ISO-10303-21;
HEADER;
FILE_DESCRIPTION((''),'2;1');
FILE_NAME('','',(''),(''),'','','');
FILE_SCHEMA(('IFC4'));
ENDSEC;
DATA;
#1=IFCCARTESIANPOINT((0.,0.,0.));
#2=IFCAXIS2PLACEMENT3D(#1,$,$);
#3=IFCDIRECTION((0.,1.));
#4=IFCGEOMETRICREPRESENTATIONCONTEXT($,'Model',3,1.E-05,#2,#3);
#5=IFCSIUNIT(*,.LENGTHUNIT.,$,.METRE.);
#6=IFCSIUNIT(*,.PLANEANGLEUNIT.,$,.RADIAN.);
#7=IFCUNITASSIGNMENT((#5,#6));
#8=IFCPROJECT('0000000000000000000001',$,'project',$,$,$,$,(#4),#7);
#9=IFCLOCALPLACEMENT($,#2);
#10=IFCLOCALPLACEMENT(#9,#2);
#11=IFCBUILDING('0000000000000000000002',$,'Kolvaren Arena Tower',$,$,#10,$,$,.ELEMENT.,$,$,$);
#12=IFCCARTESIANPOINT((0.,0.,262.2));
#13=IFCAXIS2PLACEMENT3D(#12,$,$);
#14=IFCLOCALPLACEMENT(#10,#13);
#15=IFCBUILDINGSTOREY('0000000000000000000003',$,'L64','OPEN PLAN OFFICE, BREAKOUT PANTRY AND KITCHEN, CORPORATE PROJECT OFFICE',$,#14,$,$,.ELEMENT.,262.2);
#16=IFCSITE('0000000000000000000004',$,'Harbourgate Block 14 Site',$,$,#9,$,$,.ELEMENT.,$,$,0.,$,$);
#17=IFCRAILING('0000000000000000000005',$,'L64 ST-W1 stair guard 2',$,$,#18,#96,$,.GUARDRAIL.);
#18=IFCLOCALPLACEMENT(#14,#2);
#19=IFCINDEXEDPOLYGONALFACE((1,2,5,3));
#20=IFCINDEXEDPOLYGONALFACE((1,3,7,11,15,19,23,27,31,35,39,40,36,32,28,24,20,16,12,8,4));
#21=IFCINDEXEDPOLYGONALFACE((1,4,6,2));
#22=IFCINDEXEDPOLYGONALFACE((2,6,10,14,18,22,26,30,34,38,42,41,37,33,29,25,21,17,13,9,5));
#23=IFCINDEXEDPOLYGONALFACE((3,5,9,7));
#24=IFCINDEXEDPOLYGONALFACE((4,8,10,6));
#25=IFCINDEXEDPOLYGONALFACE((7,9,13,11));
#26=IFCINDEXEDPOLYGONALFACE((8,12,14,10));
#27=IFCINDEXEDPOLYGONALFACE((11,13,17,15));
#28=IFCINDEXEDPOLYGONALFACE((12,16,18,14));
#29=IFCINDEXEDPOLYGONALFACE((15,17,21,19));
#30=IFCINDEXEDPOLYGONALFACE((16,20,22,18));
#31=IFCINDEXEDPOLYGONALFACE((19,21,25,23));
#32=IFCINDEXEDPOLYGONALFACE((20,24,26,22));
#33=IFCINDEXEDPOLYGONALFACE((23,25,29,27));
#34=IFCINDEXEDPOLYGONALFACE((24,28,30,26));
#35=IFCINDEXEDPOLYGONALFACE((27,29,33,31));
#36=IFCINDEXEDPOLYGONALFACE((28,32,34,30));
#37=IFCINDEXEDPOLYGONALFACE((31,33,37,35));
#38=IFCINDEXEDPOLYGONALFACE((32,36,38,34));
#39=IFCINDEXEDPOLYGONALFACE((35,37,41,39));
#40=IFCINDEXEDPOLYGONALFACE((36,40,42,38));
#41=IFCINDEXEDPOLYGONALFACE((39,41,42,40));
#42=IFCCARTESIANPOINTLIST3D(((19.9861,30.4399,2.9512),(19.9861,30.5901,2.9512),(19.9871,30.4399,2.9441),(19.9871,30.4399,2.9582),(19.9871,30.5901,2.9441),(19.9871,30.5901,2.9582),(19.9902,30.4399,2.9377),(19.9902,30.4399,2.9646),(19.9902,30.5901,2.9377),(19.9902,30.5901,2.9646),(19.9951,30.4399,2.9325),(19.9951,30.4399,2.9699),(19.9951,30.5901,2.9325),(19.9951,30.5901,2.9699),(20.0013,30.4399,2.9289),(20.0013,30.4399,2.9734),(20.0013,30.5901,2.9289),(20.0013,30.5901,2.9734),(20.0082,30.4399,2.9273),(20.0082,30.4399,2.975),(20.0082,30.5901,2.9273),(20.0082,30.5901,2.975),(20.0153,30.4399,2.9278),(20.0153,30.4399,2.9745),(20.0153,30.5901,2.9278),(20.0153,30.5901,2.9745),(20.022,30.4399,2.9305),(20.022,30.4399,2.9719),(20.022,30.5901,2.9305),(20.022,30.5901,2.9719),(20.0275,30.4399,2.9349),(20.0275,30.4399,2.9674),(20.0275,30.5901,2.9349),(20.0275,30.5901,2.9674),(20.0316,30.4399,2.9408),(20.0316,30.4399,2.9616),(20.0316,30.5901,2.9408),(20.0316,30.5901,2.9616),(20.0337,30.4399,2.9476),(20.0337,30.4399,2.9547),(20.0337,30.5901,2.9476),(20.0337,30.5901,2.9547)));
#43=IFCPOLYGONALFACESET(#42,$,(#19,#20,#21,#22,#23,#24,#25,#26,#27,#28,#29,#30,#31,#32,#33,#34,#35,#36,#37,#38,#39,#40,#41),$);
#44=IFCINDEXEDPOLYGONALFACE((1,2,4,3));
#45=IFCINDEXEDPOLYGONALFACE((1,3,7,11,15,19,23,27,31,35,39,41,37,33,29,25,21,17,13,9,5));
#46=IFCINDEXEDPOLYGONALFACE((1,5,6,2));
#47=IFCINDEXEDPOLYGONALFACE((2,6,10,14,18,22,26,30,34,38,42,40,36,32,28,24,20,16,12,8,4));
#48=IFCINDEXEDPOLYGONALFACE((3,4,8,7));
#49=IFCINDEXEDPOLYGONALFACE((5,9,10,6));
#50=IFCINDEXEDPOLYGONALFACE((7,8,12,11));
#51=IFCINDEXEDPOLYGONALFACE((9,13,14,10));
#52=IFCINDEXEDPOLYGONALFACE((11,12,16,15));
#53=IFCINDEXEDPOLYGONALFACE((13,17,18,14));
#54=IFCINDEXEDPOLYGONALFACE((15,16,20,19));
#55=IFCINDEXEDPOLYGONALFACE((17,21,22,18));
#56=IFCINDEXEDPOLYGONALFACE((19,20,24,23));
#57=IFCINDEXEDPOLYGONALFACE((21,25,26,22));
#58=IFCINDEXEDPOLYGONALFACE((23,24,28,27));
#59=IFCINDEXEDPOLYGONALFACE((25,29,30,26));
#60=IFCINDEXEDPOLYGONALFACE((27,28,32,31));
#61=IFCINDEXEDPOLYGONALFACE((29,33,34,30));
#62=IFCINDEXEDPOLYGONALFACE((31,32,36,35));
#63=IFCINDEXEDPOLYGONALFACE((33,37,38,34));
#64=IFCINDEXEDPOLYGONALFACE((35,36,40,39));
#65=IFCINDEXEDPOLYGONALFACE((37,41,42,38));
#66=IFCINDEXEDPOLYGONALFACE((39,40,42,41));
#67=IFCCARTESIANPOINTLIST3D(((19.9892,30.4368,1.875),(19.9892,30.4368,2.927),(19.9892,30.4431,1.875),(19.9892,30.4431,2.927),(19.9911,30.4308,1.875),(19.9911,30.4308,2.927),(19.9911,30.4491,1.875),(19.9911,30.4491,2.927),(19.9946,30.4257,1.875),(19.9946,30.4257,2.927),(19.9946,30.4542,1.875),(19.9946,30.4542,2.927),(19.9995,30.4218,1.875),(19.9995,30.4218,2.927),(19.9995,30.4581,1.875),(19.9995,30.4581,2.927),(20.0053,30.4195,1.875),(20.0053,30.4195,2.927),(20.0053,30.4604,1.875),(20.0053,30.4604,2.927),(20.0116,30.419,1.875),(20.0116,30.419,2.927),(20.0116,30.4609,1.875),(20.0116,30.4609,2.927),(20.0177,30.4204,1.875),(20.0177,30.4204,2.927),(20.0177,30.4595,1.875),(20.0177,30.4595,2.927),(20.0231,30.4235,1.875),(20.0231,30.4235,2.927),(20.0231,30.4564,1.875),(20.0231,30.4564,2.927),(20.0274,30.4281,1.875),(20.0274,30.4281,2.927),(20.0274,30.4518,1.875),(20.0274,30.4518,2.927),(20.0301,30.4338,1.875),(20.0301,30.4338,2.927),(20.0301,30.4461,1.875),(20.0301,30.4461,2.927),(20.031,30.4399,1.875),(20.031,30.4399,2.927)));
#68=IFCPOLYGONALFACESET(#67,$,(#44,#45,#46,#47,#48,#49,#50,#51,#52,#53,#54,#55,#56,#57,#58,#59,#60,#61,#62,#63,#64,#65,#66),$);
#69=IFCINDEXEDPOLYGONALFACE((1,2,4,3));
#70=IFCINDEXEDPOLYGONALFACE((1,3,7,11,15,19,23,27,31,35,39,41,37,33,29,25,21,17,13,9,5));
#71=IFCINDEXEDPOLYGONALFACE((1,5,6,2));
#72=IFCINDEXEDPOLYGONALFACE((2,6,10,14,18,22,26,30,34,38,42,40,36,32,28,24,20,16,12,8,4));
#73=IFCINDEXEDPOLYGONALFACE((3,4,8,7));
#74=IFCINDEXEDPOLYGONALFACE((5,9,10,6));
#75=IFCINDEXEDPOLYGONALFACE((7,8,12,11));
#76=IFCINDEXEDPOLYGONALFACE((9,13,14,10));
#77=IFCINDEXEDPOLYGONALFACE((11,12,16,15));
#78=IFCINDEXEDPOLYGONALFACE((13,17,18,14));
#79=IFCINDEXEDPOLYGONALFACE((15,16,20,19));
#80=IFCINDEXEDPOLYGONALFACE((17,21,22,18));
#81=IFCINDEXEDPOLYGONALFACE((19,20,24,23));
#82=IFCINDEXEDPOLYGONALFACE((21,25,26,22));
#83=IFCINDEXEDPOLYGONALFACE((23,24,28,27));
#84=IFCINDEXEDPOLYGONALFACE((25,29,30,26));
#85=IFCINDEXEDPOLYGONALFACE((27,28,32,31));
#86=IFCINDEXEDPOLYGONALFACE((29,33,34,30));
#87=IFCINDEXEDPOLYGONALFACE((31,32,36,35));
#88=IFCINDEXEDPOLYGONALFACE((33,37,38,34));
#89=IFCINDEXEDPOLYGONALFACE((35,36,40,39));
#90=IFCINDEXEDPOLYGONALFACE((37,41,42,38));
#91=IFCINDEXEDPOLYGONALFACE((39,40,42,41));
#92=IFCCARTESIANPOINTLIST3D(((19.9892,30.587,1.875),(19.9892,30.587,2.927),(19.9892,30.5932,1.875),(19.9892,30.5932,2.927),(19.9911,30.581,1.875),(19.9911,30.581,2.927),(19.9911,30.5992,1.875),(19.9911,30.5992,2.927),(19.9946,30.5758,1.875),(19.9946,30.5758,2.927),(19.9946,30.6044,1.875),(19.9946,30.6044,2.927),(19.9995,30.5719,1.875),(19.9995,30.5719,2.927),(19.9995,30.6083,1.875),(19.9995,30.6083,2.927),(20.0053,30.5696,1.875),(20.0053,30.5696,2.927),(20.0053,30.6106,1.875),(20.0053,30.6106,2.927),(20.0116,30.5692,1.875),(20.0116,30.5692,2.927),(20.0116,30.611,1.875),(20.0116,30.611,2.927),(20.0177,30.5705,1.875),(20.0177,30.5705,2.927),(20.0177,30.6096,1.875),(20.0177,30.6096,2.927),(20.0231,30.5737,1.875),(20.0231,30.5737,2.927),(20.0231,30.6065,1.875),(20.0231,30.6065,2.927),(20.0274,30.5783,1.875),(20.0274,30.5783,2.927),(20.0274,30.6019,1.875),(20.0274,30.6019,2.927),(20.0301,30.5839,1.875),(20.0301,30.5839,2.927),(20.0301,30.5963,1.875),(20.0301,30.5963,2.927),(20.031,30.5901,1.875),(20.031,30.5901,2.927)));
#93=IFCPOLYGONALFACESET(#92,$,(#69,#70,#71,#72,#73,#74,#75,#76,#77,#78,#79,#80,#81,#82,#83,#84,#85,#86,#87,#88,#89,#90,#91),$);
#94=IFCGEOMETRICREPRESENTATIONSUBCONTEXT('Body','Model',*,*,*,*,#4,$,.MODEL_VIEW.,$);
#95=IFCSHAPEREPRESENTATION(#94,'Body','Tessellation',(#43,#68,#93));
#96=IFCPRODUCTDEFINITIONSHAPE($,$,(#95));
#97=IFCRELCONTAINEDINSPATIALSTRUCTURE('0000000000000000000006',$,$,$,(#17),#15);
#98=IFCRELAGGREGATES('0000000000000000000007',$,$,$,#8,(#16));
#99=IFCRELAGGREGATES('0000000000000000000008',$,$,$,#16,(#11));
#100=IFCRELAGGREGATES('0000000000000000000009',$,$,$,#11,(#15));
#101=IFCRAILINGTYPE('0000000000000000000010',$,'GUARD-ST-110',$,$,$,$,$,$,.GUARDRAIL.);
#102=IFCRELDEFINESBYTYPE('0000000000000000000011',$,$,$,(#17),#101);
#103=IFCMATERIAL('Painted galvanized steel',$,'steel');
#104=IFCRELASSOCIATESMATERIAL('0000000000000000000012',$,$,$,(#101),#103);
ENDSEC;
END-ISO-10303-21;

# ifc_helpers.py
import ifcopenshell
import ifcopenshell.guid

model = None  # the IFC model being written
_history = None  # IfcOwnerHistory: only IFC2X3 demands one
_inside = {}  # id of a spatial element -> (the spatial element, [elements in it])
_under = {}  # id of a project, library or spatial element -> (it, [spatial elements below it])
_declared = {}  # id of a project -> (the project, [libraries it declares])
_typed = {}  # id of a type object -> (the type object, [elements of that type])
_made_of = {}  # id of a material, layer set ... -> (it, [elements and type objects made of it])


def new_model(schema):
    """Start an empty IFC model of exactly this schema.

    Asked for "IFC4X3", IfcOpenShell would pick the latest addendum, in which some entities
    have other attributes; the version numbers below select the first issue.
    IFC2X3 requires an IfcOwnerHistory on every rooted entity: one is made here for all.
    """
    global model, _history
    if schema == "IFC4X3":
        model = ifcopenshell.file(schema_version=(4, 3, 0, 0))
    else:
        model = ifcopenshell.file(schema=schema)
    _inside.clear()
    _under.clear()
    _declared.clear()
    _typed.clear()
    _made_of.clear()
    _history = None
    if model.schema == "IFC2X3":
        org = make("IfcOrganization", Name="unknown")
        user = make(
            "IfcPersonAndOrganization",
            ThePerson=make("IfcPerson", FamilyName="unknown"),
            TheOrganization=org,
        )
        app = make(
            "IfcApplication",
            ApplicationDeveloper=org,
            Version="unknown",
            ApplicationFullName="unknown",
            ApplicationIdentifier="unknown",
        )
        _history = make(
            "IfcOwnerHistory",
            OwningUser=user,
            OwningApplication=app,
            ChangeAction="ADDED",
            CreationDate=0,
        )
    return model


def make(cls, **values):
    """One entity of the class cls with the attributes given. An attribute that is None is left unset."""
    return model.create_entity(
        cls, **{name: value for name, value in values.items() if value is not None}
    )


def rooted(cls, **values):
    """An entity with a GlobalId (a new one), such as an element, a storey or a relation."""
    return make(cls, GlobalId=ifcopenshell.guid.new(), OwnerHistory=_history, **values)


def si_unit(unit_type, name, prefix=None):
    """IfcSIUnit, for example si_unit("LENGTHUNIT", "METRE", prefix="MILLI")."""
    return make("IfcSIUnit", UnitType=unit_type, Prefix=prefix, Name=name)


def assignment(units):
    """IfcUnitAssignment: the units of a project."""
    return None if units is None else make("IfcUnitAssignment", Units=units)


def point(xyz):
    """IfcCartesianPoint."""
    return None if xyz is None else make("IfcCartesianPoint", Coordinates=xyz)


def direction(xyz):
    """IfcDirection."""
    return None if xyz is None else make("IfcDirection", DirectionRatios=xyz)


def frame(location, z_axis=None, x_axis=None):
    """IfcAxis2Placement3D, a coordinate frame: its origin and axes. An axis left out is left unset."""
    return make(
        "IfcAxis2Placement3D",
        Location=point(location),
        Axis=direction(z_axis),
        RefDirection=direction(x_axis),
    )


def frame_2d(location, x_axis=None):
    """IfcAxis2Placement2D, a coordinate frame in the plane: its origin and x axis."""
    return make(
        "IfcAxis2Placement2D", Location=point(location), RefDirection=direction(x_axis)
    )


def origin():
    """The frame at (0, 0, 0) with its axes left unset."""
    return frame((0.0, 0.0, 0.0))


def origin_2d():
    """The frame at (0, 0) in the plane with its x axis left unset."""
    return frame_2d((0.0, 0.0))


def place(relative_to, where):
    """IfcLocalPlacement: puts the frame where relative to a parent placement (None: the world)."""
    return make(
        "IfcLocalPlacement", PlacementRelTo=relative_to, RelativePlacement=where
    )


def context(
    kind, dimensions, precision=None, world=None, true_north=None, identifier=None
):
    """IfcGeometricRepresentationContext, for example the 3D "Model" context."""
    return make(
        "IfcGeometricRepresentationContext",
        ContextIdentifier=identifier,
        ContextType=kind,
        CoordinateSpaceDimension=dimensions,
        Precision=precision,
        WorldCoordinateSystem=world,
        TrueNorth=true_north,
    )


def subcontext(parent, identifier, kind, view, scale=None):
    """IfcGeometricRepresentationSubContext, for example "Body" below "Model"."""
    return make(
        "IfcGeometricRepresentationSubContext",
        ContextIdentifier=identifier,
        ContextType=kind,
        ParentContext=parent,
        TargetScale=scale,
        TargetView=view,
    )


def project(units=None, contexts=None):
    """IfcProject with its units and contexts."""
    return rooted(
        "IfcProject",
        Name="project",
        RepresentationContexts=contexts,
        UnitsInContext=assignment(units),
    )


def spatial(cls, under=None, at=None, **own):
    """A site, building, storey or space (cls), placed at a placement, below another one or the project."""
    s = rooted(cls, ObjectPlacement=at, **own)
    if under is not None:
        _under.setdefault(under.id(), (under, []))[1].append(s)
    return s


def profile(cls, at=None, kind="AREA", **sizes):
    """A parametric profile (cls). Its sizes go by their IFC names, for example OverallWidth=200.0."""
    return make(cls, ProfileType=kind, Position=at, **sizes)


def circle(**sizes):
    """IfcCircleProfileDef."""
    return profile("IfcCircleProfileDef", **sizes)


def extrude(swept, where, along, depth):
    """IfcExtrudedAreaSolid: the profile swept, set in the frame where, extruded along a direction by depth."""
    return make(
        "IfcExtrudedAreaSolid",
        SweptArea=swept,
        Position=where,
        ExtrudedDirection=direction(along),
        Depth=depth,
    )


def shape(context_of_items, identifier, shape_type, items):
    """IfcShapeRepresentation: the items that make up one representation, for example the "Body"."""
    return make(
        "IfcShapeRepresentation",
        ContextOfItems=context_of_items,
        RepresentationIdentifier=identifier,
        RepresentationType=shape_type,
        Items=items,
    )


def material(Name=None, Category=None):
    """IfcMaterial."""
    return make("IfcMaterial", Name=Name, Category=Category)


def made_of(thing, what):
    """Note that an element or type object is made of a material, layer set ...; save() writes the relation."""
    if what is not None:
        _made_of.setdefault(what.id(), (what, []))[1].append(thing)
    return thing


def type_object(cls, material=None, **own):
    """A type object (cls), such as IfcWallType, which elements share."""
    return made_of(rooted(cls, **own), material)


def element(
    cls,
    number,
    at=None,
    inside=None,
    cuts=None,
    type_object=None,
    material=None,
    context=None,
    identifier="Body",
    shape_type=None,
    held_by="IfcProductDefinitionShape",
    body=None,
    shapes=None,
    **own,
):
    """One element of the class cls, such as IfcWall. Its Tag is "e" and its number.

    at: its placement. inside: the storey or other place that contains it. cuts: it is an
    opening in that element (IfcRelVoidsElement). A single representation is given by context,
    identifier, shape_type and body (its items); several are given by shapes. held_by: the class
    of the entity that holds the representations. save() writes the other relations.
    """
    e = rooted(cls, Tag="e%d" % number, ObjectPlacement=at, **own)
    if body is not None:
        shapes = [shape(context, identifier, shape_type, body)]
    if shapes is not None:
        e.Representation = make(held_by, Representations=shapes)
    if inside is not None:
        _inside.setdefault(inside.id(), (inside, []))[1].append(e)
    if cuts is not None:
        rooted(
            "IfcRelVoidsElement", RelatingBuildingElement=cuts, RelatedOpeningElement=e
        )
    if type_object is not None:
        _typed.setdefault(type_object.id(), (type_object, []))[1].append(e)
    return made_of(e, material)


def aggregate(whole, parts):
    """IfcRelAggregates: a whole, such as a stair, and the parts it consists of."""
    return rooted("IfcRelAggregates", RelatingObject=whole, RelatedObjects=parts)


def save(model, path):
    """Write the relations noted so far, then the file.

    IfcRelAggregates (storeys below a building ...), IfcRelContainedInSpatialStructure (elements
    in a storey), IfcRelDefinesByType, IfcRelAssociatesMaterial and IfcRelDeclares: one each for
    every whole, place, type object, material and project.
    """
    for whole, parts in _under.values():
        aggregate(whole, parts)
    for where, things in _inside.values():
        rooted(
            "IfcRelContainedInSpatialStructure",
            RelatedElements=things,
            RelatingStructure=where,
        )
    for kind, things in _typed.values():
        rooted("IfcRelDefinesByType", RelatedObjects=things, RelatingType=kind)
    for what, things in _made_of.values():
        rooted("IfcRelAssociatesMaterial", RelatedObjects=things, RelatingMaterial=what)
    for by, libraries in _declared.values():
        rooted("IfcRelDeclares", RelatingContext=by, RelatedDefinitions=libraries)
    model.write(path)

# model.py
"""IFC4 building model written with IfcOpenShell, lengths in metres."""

from ifc_helpers import new_model, si_unit, direction, frame, origin, origin_2d, place, context, subcontext, project, spatial, circle, extrude, material, type_object, element, save


model = new_model("IFC4")

# Units and contexts
model_context = context("Model", 3, precision=1e-05, world=origin(), true_north=direction((0.0, 1.0)))
body_context = subcontext(model_context, "Body", "Model", "MODEL_VIEW")
ifc_project = project(units=[si_unit("LENGTHUNIT", "METRE"), si_unit("PLANEANGLEUNIT", "RADIAN")], contexts=[model_context])

# Site, building, storey
site_placement = place(None, origin())
site = spatial("IfcSite", under=ifc_project, at=site_placement, Name="Harbourgate Block 14 Site", CompositionType="ELEMENT", RefElevation=0.0)
building_placement = place(site_placement, origin())
building = spatial("IfcBuilding", under=site, at=building_placement, Name="Kolvaren Arena Tower", CompositionType="ELEMENT")
storey_placement = place(building_placement, frame((0.0, 0.0, 262.2)))
storey = spatial("IfcBuildingStorey", under=building, at=storey_placement, Name="L64", Description="OPEN PLAN OFFICE, BREAKOUT PANTRY AND KITCHEN, CORPORATE PROJECT OFFICE", CompositionType="ELEMENT", Elevation=262.2)

# Railing
ifc_material_1 = material(Name="Painted galvanized steel", Category="steel")
railing_type_1 = type_object("IfcRailingType", Name="GUARD-ST-110", PredefinedType="GUARDRAIL", material=ifc_material_1)
railing_1_placement = place(storey_placement, frame((20.01, 30.4399, 1.875)))
element("IfcRailing", 1, at=railing_1_placement, inside=storey, type_object=railing_type_1, Name="L64 ST-W1 stair guard 2", PredefinedType="GUARDRAIL", context=body_context, shape_type="SweptSolid", body=[
    extrude(circle(Radius=0.0239, at=origin_2d()), frame((0.0, 0.0, 1.0762), z_axis=(0.0, 1.0, 0.0), x_axis=(-1.0, 0.0, 0.0)), (0.0, 0.0, 1.0), 0.1501),
    extrude(circle(Radius=0.021, at=origin_2d()), origin(), (0.0, 0.0, 1.0), 1.052),
    extrude(circle(Radius=0.021, at=origin_2d()), frame((0.0, 0.1501, 0.0)), (0.0, 0.0, 1.0), 1.052),
])

save(model, "model.ifc")
